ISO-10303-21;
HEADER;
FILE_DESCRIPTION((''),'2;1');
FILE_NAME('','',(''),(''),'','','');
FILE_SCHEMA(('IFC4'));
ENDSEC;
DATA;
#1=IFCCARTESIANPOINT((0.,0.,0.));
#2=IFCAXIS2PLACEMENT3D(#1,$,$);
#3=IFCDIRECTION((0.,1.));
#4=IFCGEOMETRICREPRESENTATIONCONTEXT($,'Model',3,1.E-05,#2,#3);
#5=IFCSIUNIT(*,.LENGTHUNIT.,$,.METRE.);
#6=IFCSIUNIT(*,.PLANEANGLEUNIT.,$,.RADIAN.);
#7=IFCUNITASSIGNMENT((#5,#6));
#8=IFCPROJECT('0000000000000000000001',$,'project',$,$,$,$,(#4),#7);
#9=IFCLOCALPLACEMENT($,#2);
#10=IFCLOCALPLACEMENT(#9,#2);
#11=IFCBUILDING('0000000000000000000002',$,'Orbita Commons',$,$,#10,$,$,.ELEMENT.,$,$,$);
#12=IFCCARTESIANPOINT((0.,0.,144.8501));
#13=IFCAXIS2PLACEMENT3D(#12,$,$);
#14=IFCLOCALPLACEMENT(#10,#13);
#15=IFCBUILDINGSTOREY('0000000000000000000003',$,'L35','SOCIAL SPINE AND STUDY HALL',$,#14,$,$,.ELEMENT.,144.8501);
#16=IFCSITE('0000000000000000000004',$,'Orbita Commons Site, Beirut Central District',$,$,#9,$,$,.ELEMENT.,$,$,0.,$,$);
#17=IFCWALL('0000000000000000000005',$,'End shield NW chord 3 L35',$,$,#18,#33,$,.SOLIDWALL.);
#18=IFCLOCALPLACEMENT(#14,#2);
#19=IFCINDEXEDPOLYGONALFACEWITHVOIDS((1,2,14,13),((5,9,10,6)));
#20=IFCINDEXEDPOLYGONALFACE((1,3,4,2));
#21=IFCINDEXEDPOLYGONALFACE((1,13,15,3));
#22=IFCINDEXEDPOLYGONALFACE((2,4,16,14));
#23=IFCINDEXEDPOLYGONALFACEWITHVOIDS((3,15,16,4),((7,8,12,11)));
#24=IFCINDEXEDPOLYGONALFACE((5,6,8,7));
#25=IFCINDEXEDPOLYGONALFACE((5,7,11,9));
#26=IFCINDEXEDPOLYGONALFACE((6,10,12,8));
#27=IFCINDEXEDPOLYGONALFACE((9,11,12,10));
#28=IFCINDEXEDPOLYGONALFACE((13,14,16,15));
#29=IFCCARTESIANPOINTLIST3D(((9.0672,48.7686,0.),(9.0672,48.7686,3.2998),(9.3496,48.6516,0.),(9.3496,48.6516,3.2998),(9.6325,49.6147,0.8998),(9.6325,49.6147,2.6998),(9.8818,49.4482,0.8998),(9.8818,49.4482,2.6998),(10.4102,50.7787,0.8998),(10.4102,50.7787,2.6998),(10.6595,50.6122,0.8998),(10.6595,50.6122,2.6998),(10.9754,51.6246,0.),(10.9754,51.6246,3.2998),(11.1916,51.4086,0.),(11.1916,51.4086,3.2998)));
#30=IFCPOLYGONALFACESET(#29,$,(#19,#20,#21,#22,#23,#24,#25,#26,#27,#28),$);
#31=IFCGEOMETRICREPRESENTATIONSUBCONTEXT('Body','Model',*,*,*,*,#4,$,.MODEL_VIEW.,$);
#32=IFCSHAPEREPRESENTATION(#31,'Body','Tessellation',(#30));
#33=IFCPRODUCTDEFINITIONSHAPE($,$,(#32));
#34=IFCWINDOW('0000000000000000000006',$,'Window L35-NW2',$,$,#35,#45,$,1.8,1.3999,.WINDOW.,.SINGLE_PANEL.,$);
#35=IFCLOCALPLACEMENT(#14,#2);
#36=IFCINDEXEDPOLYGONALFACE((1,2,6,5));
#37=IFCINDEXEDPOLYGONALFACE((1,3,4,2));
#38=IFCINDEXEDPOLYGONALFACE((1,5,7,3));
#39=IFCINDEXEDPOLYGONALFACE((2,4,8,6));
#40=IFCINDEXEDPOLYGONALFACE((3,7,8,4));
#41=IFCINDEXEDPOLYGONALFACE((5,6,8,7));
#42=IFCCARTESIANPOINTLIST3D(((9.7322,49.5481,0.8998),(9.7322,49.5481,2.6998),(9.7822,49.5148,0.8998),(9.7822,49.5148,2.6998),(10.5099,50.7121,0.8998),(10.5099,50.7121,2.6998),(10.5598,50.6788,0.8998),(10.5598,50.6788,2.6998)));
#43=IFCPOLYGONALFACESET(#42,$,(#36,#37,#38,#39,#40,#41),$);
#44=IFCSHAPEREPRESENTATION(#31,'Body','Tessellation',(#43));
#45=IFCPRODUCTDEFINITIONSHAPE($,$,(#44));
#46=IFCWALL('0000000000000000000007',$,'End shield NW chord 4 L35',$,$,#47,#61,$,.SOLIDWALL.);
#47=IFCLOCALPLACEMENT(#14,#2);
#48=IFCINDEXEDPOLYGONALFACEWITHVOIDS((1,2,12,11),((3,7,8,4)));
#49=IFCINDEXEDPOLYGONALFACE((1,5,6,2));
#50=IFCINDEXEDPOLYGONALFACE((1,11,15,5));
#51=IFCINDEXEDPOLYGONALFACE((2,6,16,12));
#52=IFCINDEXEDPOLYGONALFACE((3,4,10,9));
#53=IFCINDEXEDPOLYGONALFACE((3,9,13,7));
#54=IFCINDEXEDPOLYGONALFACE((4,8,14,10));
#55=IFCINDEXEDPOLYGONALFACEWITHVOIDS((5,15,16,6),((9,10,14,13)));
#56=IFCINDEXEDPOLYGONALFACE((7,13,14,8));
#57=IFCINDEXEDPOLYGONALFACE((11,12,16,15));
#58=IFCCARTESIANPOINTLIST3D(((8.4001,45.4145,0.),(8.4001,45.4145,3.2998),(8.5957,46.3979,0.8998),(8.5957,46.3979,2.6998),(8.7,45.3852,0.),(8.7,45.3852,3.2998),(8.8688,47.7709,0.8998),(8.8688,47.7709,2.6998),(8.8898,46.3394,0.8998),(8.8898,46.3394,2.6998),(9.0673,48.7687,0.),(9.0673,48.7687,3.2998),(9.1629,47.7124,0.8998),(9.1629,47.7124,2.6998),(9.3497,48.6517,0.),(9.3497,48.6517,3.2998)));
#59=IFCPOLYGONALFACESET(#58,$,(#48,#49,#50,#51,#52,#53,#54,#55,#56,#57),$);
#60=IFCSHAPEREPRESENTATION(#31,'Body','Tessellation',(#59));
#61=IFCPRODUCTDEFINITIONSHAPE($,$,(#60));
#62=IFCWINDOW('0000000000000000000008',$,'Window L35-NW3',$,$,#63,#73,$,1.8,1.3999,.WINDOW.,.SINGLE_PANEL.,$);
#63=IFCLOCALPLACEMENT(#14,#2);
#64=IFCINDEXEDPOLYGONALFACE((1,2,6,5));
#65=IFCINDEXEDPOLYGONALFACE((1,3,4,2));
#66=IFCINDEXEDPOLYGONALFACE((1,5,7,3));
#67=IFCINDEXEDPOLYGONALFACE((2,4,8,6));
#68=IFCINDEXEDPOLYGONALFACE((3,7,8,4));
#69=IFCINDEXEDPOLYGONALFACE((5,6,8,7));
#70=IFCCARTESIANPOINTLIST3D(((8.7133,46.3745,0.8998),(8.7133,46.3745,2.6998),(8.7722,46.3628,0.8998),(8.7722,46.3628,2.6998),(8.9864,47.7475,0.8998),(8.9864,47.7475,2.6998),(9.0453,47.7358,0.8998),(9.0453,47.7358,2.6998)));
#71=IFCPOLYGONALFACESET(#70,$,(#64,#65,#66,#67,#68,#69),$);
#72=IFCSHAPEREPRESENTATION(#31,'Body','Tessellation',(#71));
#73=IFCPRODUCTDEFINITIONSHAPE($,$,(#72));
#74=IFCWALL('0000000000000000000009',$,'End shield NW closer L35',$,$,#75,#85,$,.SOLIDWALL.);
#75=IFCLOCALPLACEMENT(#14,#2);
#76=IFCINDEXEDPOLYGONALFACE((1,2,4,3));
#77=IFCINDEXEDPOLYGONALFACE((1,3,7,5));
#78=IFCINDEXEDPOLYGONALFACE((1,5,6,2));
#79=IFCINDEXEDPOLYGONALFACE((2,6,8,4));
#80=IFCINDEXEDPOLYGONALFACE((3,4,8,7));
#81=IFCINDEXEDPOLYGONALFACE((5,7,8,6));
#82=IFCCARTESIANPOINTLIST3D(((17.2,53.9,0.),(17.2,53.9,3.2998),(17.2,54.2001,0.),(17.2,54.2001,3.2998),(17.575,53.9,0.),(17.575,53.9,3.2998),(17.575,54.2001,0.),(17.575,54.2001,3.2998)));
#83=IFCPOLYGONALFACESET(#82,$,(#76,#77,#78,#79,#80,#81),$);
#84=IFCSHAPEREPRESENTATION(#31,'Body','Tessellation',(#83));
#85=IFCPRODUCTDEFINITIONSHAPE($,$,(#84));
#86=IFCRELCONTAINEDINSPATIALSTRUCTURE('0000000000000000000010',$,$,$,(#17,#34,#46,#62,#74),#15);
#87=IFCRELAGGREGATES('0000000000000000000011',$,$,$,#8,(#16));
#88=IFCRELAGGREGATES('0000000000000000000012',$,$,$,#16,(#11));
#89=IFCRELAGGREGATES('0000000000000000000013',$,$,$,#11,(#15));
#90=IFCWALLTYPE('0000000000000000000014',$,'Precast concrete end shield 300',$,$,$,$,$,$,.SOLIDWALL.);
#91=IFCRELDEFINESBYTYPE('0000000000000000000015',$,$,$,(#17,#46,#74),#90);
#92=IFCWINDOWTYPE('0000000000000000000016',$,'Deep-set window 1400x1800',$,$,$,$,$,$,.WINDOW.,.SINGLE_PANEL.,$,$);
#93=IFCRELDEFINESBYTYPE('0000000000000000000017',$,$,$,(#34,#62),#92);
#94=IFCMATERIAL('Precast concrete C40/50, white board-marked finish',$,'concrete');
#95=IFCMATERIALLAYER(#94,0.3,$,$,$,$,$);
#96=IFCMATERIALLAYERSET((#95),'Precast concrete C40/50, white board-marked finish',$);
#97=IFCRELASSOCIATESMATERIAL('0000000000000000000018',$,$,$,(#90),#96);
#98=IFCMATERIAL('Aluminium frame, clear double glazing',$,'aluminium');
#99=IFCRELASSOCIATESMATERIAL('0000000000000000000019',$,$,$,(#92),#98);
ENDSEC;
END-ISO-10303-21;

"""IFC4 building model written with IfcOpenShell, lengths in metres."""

from ifc_helpers import new_model, si_unit, direction, frame, frame_2d, origin, place, context, subcontext, project, spatial, polyline, rectangle, outline, extrude, material, layer, layer_set, type_object, element, fill, save


model = new_model("IFC4")

# Units and contexts
model_context = context("Model", 3, precision=1e-05, world=origin(), true_north=direction((0.0, 1.0)))
body_context = subcontext(model_context, "Body", "Model", "MODEL_VIEW")
ifc_project = project(units=[si_unit("LENGTHUNIT", "METRE"), si_unit("PLANEANGLEUNIT", "RADIAN")], contexts=[model_context])

# Site, building, storey
site_placement = place(None, origin())
site = spatial("IfcSite", under=ifc_project, at=site_placement, Name="Orbita Commons Site, Beirut Central District", CompositionType="ELEMENT", RefElevation=0.0)
building_placement = place(site_placement, origin())
building = spatial("IfcBuilding", under=site, at=building_placement, Name="Orbita Commons", CompositionType="ELEMENT")
storey_placement = place(building_placement, frame((0.0, 0.0, 144.8501)))
storey = spatial("IfcBuildingStorey", under=building, at=storey_placement, Name="L35", Description="SOCIAL SPINE AND STUDY HALL", CompositionType="ELEMENT", Elevation=144.8501)

# Walls, openings, windows
ifc_material_1 = material(Name="Precast concrete C40/50, white board-marked finish", Category="concrete")
ifc_layer_1 = layer(ifc_material_1, 0.3)
ifc_layer_set_1 = layer_set([ifc_layer_1], Name="Precast concrete C40/50, white board-marked finish")
wall_type_1 = type_object("IfcWallType", Name="Precast concrete end shield 300", PredefinedType="SOLIDWALL", material=ifc_layer_set_1)
ifc_material_2 = material(Name="Aluminium frame, clear double glazing", Category="aluminium")
window_type = type_object("IfcWindowType", Name="Deep-set window 1400x1800", PartitioningType="SINGLE_PANEL", PredefinedType="WINDOW", material=ifc_material_2)
wall_1_placement = place(storey_placement, frame((11.0835, 51.5166, 0.0), z_axis=(0.0, 0.0, 1.0), x_axis=(-0.555535, -0.831493, 0.0)))
wall_1 = element("IfcWall", 1, at=wall_1_placement, inside=storey, type_object=wall_type_1, Name="End shield NW chord 3 L35", PredefinedType="SOLIDWALL", context=body_context, shape_type="SweptSolid", body=[
    extrude(outline(polyline([(-0.0298, -0.1499), (3.405, -0.1499), (3.3455, 0.1499), (0.0298, 0.1499), (-0.0298, -0.1499)])), origin(), (0.0, 0.0, 1.0), 3.2998),
])
opening_1_placement = place(wall_1_placement, frame((0.9875, 0.0, 0.8999)))
opening_1 = element("IfcOpeningElement", 2, at=opening_1_placement, cuts=wall_1, PredefinedType="OPENING", context=body_context, shape_type="SweptSolid", body=[
    extrude(rectangle(XDim=1.3999, YDim=1.8, at=frame_2d((0.7, 0.8999))), frame((0.0, 0.1599, 0.0), z_axis=(0.0, -1.0, 0.0), x_axis=(1.0, 0.0, 0.0)), (0.0, 0.0, 1.0), 0.3201),
])
window_1_placement = place(opening_1_placement, origin())
window_1 = element("IfcWindow", 3, at=window_1_placement, inside=storey, type_object=window_type, Name="Window L35-NW2", OverallHeight=1.8, OverallWidth=1.3999, PartitioningType="SINGLE_PANEL", PredefinedType="WINDOW", context=body_context, shape_type="SweptSolid", body=[
    extrude(rectangle(XDim=1.3999, YDim=1.8, at=frame_2d((0.7, 0.8999))), frame((0.0, 0.03, 0.0), z_axis=(0.0, -1.0, 0.0), x_axis=(1.0, 0.0, 0.0)), (0.0, 0.0, 1.0), 0.0601),
])
fill(opening_1, window_1)
wall_2_placement = place(storey_placement, frame((9.2085, 48.7102, 0.0), z_axis=(0.0, 0.0, 1.0), x_axis=(-0.195087, -0.980786, 0.0)))
wall_2 = element("IfcWall", 4, at=wall_2_placement, inside=storey, type_object=wall_type_1, Name="End shield NW chord 4 L35", PredefinedType="SOLIDWALL", context=body_context, shape_type="SweptSolid", body=[
    extrude(outline(polyline([(-0.0298, -0.1499), (3.3901, -0.1499), (3.3604, 0.1499), (0.0298, 0.1499), (-0.0298, -0.1499)])), origin(), (0.0, 0.0, 1.0), 3.2998),
])
opening_2_placement = place(wall_2_placement, frame((0.9875, 0.0, 0.8999)))
opening_2 = element("IfcOpeningElement", 5, at=opening_2_placement, cuts=wall_2, PredefinedType="OPENING", context=body_context, shape_type="SweptSolid", body=[
    extrude(rectangle(XDim=1.3999, YDim=1.8, at=frame_2d((0.7, 0.8999))), frame((0.0, 0.1599, 0.0), z_axis=(0.0, -1.0, 0.0), x_axis=(1.0, 0.0, 0.0)), (0.0, 0.0, 1.0), 0.3201),
])
window_2_placement = place(opening_2_placement, origin())
window_2 = element("IfcWindow", 6, at=window_2_placement, inside=storey, type_object=window_type, Name="Window L35-NW3", OverallHeight=1.8, OverallWidth=1.3999, PartitioningType="SINGLE_PANEL", PredefinedType="WINDOW", context=body_context, shape_type="SweptSolid", body=[
    extrude(rectangle(XDim=1.3999, YDim=1.8, at=frame_2d((0.7, 0.8999))), frame((0.0, 0.03, 0.0), z_axis=(0.0, -1.0, 0.0), x_axis=(1.0, 0.0, 0.0)), (0.0, 0.0, 1.0), 0.0601),
])
fill(opening_2, window_2)

# Wall
wall_3_placement = place(storey_placement, frame((17.2, 54.05, 0.0), z_axis=(0.0, 0.0, 1.0), x_axis=(1.0, 0.0, 0.0)))
element("IfcWall", 7, at=wall_3_placement, inside=storey, type_object=wall_type_1, Name="End shield NW closer L35", PredefinedType="SOLIDWALL", context=body_context, shape_type="SweptSolid", body=[
    extrude(rectangle(XDim=0.375, YDim=0.3, at=frame_2d((0.1875, 0.0))), origin(), (0.0, 0.0, 1.0), 3.2998),
])

save(model, "model.ifc")
